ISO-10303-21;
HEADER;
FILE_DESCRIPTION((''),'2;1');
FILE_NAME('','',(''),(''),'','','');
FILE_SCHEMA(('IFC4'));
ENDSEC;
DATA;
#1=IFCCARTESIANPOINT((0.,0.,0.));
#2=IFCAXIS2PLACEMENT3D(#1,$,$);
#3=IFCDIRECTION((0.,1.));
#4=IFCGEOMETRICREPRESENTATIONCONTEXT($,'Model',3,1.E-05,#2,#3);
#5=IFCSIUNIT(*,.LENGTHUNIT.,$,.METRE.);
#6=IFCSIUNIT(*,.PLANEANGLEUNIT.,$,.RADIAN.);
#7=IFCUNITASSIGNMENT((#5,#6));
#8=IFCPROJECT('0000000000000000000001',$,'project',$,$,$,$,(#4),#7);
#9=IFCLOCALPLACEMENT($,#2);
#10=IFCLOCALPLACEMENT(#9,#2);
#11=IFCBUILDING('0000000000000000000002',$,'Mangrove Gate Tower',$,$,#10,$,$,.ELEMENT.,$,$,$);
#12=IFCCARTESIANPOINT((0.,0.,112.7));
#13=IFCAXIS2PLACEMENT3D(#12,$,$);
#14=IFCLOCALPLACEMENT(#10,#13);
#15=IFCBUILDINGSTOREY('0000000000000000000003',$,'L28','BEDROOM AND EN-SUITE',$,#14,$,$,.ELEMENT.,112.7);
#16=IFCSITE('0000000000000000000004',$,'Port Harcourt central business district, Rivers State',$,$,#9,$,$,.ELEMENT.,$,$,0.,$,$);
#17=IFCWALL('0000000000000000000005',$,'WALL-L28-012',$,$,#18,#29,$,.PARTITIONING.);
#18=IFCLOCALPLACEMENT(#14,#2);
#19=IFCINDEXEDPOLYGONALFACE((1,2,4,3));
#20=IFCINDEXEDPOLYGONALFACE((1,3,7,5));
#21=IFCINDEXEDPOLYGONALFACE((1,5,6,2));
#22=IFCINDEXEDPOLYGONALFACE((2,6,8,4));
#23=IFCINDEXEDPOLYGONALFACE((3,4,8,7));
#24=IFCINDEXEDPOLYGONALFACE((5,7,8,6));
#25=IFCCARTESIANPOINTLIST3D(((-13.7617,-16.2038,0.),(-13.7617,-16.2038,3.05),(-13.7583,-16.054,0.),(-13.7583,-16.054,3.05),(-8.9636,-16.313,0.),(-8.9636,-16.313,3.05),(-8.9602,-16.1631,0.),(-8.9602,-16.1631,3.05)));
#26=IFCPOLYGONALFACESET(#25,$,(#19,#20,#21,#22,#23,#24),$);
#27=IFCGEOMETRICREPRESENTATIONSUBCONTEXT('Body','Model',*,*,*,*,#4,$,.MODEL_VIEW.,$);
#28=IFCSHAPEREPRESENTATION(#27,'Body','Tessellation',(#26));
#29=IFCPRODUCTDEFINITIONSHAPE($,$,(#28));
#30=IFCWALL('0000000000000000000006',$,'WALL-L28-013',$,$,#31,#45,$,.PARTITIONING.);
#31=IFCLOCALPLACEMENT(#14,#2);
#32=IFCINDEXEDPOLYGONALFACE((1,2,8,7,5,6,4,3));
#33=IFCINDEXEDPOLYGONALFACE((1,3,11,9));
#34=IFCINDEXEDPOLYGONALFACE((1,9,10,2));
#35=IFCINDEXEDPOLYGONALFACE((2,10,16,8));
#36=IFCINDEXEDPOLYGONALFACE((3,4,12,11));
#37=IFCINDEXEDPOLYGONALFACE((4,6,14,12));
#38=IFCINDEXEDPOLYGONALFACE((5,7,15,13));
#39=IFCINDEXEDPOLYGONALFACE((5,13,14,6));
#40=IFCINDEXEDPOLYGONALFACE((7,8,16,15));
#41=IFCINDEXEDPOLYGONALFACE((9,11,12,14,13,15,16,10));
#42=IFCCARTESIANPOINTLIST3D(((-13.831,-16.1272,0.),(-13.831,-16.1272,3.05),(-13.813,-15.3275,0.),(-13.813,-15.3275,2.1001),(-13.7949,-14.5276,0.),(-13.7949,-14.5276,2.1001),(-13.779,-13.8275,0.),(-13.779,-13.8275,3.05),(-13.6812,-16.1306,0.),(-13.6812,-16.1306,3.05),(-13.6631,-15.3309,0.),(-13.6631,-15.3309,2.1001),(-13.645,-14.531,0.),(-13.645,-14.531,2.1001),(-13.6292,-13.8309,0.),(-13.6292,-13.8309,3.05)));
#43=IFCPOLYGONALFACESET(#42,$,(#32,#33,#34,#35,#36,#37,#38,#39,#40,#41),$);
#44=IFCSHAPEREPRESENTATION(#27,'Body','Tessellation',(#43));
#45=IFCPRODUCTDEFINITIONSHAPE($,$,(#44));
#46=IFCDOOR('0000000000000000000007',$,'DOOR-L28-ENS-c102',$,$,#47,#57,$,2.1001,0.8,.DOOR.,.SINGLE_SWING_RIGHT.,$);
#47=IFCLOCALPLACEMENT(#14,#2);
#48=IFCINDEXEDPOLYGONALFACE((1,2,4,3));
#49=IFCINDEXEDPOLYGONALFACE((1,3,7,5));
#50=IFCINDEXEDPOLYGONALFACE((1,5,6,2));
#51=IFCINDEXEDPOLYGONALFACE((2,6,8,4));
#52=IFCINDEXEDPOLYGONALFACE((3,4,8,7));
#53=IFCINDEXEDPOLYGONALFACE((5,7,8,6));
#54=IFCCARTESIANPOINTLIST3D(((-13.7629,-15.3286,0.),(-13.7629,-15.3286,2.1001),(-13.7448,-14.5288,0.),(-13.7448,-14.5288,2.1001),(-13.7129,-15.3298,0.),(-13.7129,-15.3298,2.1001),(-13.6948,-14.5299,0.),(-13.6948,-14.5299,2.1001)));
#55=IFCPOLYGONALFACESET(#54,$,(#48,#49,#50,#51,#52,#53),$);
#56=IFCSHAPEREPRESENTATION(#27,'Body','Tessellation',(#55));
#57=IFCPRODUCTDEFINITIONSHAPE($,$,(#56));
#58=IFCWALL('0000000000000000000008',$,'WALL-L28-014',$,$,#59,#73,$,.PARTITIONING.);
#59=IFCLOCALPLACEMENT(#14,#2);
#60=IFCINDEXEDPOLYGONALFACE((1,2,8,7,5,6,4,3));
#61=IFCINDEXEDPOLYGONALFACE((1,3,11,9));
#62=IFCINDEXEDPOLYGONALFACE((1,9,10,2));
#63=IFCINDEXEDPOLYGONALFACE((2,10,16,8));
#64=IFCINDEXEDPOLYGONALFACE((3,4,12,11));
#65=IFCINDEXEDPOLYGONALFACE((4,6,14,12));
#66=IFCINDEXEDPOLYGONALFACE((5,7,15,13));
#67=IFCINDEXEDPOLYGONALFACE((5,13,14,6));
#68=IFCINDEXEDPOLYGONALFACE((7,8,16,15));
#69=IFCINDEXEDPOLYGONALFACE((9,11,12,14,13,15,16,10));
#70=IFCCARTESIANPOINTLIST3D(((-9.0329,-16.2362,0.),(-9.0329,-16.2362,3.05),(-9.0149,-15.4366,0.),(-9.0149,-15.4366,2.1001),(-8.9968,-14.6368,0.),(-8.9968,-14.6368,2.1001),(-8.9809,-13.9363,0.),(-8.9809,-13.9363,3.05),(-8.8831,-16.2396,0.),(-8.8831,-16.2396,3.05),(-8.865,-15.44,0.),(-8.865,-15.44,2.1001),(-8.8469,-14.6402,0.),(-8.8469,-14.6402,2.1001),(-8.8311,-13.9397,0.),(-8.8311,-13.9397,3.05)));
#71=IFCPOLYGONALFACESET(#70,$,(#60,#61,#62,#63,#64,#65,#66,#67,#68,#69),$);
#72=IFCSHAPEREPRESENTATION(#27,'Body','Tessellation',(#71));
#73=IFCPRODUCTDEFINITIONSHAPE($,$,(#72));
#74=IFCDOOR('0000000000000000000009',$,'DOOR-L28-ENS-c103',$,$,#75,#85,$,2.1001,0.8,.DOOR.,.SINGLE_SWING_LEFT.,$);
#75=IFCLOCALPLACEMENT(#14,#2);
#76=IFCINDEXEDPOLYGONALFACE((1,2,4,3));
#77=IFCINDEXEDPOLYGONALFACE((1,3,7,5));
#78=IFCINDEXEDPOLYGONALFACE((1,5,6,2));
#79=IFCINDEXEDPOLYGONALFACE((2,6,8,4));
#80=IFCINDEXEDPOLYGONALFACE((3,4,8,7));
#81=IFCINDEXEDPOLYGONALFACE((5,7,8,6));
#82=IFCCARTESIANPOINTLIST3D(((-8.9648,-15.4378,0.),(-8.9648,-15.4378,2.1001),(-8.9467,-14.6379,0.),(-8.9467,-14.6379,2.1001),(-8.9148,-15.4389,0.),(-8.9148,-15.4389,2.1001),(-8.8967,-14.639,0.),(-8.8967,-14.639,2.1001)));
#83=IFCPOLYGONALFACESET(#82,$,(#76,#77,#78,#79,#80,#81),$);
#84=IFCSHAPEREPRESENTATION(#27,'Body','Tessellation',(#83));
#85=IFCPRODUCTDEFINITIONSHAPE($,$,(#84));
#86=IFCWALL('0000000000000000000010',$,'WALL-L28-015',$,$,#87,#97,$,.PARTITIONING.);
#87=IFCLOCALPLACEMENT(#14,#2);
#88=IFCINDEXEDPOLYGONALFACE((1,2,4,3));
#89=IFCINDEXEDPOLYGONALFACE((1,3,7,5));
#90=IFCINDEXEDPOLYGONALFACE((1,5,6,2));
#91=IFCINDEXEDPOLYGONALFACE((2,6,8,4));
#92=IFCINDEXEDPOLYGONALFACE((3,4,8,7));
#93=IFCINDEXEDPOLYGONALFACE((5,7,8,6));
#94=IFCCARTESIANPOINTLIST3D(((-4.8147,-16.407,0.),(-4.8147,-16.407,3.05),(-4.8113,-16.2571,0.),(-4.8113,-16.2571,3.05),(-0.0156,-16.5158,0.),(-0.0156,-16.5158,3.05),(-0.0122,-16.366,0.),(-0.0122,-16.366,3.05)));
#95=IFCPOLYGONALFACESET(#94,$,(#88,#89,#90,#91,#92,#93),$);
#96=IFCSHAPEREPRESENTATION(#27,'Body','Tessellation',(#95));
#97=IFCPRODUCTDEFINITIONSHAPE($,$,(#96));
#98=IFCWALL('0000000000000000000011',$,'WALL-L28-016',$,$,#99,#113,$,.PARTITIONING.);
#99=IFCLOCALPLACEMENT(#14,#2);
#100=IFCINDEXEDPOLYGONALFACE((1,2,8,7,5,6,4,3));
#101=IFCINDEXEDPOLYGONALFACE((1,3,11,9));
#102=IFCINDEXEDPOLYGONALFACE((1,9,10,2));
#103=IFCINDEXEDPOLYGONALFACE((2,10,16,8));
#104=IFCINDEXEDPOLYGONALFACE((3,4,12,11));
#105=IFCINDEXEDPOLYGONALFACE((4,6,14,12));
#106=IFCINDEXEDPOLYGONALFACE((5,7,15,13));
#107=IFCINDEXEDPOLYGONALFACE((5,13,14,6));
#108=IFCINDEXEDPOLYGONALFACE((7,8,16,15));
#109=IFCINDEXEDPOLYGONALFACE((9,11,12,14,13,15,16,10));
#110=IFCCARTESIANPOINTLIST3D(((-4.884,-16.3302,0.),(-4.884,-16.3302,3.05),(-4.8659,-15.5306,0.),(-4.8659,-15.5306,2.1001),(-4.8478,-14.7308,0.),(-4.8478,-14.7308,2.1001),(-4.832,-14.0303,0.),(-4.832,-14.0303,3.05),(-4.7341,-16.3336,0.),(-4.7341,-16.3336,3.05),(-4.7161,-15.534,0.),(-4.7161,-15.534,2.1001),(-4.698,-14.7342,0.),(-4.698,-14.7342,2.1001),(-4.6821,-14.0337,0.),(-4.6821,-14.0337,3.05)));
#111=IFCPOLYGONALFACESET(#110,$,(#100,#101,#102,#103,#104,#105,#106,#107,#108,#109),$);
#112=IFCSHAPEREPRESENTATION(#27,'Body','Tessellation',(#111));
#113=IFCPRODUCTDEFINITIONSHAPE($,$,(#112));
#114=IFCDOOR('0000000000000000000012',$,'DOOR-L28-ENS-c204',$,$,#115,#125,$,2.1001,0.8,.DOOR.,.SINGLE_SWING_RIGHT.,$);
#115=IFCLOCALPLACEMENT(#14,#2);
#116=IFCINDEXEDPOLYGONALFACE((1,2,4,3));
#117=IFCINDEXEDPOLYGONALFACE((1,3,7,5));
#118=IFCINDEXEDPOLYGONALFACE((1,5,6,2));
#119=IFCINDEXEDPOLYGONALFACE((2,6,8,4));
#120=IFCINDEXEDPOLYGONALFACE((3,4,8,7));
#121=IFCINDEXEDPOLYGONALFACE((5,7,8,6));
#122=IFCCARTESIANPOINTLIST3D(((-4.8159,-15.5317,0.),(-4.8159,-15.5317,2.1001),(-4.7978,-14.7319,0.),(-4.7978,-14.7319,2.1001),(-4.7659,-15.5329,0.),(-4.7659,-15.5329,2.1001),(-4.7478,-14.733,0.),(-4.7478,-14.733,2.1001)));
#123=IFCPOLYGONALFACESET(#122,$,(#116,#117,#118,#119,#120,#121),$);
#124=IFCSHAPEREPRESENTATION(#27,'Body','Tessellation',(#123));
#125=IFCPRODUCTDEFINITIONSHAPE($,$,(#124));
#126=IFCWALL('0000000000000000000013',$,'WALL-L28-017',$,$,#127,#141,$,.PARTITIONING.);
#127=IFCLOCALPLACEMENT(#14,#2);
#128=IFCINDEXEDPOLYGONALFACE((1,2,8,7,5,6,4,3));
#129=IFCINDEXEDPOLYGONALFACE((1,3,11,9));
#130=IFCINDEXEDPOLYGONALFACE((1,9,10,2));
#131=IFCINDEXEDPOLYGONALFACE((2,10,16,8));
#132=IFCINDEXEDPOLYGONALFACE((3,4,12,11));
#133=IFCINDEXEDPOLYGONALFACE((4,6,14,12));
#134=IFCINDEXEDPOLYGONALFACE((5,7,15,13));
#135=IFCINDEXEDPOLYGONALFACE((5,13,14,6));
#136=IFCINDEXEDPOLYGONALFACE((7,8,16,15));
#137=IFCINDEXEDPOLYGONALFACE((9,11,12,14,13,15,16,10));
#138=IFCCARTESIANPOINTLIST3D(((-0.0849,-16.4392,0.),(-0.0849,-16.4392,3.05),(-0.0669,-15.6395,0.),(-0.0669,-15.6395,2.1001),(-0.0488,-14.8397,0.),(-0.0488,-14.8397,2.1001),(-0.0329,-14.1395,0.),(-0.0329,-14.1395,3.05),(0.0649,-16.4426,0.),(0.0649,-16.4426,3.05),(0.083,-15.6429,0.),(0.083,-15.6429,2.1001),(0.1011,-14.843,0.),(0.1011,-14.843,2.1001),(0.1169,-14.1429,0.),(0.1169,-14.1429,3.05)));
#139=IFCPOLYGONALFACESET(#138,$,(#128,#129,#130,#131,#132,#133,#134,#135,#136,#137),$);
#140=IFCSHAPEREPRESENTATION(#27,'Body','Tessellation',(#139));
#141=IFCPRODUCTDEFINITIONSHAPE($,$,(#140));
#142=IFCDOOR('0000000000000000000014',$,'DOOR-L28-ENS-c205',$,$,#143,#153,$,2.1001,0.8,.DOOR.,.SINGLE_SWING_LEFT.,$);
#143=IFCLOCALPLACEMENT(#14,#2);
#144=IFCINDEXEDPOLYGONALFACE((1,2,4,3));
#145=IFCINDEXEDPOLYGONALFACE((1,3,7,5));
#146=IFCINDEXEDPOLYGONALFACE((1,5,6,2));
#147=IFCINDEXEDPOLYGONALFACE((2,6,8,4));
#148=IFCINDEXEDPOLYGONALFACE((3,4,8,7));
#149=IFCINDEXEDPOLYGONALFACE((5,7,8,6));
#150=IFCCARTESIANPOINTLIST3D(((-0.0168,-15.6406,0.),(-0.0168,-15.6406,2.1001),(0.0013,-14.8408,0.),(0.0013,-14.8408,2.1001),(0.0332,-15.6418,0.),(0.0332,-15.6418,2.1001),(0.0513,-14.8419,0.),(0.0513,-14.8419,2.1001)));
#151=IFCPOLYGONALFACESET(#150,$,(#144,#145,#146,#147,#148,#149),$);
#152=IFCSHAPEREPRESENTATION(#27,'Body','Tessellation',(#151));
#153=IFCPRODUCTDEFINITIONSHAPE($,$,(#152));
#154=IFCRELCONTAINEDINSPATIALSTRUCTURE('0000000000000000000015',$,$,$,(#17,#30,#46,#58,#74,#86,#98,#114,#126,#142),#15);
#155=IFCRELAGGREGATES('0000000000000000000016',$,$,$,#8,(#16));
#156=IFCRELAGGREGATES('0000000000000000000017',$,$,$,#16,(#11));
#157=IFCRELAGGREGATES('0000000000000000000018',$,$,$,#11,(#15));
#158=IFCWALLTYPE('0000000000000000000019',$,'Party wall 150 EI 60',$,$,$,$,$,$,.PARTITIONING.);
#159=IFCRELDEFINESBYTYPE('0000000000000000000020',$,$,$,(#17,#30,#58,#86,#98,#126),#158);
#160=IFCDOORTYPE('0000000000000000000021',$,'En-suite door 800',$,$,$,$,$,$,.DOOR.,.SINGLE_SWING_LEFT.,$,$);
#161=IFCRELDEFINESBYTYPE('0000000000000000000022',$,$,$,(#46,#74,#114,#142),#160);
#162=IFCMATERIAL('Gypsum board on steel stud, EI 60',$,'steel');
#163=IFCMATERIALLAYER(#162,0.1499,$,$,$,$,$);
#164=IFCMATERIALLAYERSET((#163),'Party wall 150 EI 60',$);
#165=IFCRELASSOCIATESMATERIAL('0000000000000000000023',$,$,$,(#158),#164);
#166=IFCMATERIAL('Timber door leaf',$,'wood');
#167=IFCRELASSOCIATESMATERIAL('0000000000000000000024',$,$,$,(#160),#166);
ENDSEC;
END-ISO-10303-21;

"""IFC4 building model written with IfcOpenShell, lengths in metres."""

from ifc_helpers import new_model, si_unit, direction, frame, frame_2d, origin, place, context, subcontext, project, spatial, rectangle, extrude, material, layer, layer_set, type_object, element, fill, save


model = new_model("IFC4")

# Units and contexts
model_context = context("Model", 3, precision=1e-05, world=origin(), true_north=direction((0.0, 1.0)))
body_context = subcontext(model_context, "Body", "Model", "MODEL_VIEW")
ifc_project = project(units=[si_unit("LENGTHUNIT", "METRE"), si_unit("PLANEANGLEUNIT", "RADIAN")], contexts=[model_context])

# Site, building, storey
site_placement = place(None, origin())
site = spatial("IfcSite", under=ifc_project, at=site_placement, Name="Port Harcourt central business district, Rivers State", CompositionType="ELEMENT", RefElevation=0.0)
building_placement = place(site_placement, origin())
building = spatial("IfcBuilding", under=site, at=building_placement, Name="Mangrove Gate Tower", CompositionType="ELEMENT")
storey_placement = place(building_placement, frame((0.0, 0.0, 112.7)))
storey = spatial("IfcBuildingStorey", under=building, at=storey_placement, Name="L28", Description="BEDROOM AND EN-SUITE", CompositionType="ELEMENT", Elevation=112.7)

# Wall
ifc_material_1 = material(Name="Gypsum board on steel stud, EI 60", Category="steel")
ifc_layer_1 = layer(ifc_material_1, 0.1499)
ifc_layer_set_1 = layer_set([ifc_layer_1], Name="Party wall 150 EI 60")
wall_type_1 = type_object("IfcWallType", Name="Party wall 150 EI 60", PredefinedType="PARTITIONING", material=ifc_layer_set_1)
wall_1_placement = place(storey_placement, frame((-13.76, -16.1289, 0.0), z_axis=(0.0, 0.0, 1.0), x_axis=(0.999741, -0.022739, 0.0)))
element("IfcWall", 1, at=wall_1_placement, inside=storey, type_object=wall_type_1, Name="WALL-L28-012", PredefinedType="PARTITIONING", context=body_context, shape_type="SweptSolid", body=[
    extrude(rectangle(XDim=4.7993, YDim=0.1499, at=frame_2d((2.3997, 0.0))), origin(), (0.0, 0.0, 1.0), 3.05),
])

# Walls, openings, doors
wall_2_placement = place(storey_placement, frame((-13.7561, -16.1289, 0.0), z_axis=(0.0, 0.0, 1.0), x_axis=(0.022606, 0.999744, 0.0)))
wall_2 = element("IfcWall", 2, at=wall_2_placement, inside=storey, type_object=wall_type_1, Name="WALL-L28-013", PredefinedType="PARTITIONING", context=body_context, shape_type="SweptSolid", body=[
    extrude(rectangle(XDim=2.3003, YDim=0.1499, at=frame_2d((1.1501, 0.0))), origin(), (0.0, 0.0, 1.0), 3.05),
])
opening_1_placement = place(wall_2_placement, frame((0.8, 0.0, 0.0)))
opening_1 = element("IfcOpeningElement", 3, at=opening_1_placement, cuts=wall_2, PredefinedType="OPENING", context=body_context, shape_type="SweptSolid", body=[
    extrude(rectangle(XDim=0.8, YDim=2.1001, at=frame_2d((0.3999, 1.05))), frame((0.0, 0.085, 0.0), z_axis=(0.0, -1.0, 0.0), x_axis=(1.0, 0.0, 0.0)), (0.0, 0.0, 1.0), 0.1699),
])
ifc_material_2 = material(Name="Timber door leaf", Category="wood")
door_type_1 = type_object("IfcDoorType", Name="En-suite door 800", OperationType="SINGLE_SWING_LEFT", PredefinedType="DOOR", material=ifc_material_2)
door_1_placement = place(opening_1_placement, origin())
door_1 = element("IfcDoor", 4, at=door_1_placement, inside=storey, type_object=door_type_1, Name="DOOR-L28-ENS-c102", OperationType="SINGLE_SWING_RIGHT", OverallHeight=2.1001, OverallWidth=0.8, PredefinedType="DOOR", context=body_context, shape_type="SweptSolid", body=[
    extrude(rectangle(XDim=0.8, YDim=2.1001, at=frame_2d((0.3999, 1.05))), frame((0.0, 0.0249, 0.0), z_axis=(0.0, -1.0, 0.0), x_axis=(1.0, 0.0, 0.0)), (0.0, 0.0, 1.0), 0.05),
])
fill(opening_1, door_1)
wall_3_placement = place(storey_placement, frame((-8.958, -16.238, 0.0), z_axis=(0.0, 0.0, 1.0), x_axis=(0.022603, 0.999745, 0.0)))
wall_3 = element("IfcWall", 5, at=wall_3_placement, inside=storey, type_object=wall_type_1, Name="WALL-L28-014", PredefinedType="PARTITIONING", context=body_context, shape_type="SweptSolid", body=[
    extrude(rectangle(XDim=2.3005, YDim=0.1499, at=frame_2d((1.1504, 0.0))), origin(), (0.0, 0.0, 1.0), 3.05),
])
opening_2_placement = place(wall_3_placement, frame((0.8, 0.0, 0.0)))
opening_2 = element("IfcOpeningElement", 6, at=opening_2_placement, cuts=wall_3, PredefinedType="OPENING", context=body_context, shape_type="SweptSolid", body=[
    extrude(rectangle(XDim=0.8, YDim=2.1001, at=frame_2d((0.3999, 1.05))), frame((0.0, 0.085, 0.0), z_axis=(0.0, -1.0, 0.0), x_axis=(1.0, 0.0, 0.0)), (0.0, 0.0, 1.0), 0.1699),
])
door_2_placement = place(opening_2_placement, origin())
door_2 = element("IfcDoor", 7, at=door_2_placement, inside=storey, type_object=door_type_1, Name="DOOR-L28-ENS-c103", OperationType="SINGLE_SWING_LEFT", OverallHeight=2.1001, OverallWidth=0.8, PredefinedType="DOOR", context=body_context, shape_type="SweptSolid", body=[
    extrude(rectangle(XDim=0.8, YDim=2.1001, at=frame_2d((0.3999, 1.05))), frame((0.0, 0.0249, 0.0), z_axis=(0.0, -1.0, 0.0), x_axis=(1.0, 0.0, 0.0)), (0.0, 0.0, 1.0), 0.05),
])
fill(opening_2, door_2)

# Wall
wall_4_placement = place(storey_placement, frame((-4.813, -16.332, 0.0), z_axis=(0.0, 0.0, 1.0), x_axis=(0.999743, -0.022683, 0.0)))
element("IfcWall", 8, at=wall_4_placement, inside=storey, type_object=wall_type_1, Name="WALL-L28-015", PredefinedType="PARTITIONING", context=body_context, shape_type="SweptSolid", body=[
    extrude(rectangle(XDim=4.8003, YDim=0.1499, at=frame_2d((2.4001, 0.0))), origin(), (0.0, 0.0, 1.0), 3.05),
])

# Walls, openings, doors
wall_5_placement = place(storey_placement, frame((-4.8091, -16.332, 0.0), z_axis=(0.0, 0.0, 1.0), x_axis=(0.022603, 0.999745, 0.0)))
wall_5 = element("IfcWall", 9, at=wall_5_placement, inside=storey, type_object=wall_type_1, Name="WALL-L28-016", PredefinedType="PARTITIONING", context=body_context, shape_type="SweptSolid", body=[
    extrude(rectangle(XDim=2.3005, YDim=0.1499, at=frame_2d((1.1504, 0.0))), origin(), (0.0, 0.0, 1.0), 3.05),
])
opening_3_placement = place(wall_5_placement, frame((0.8, 0.0, 0.0)))
opening_3 = element("IfcOpeningElement", 10, at=opening_3_placement, cuts=wall_5, PredefinedType="OPENING", context=body_context, shape_type="SweptSolid", body=[
    extrude(rectangle(XDim=0.8, YDim=2.1001, at=frame_2d((0.3999, 1.05))), frame((0.0, 0.085, 0.0), z_axis=(0.0, -1.0, 0.0), x_axis=(1.0, 0.0, 0.0)), (0.0, 0.0, 1.0), 0.1699),
])
door_3_placement = place(opening_3_placement, origin())
door_3 = element("IfcDoor", 11, at=door_3_placement, inside=storey, type_object=door_type_1, Name="DOOR-L28-ENS-c204", OperationType="SINGLE_SWING_RIGHT", OverallHeight=2.1001, OverallWidth=0.8, PredefinedType="DOOR", context=body_context, shape_type="SweptSolid", body=[
    extrude(rectangle(XDim=0.8, YDim=2.1001, at=frame_2d((0.3999, 1.05))), frame((0.0, 0.0249, 0.0), z_axis=(0.0, -1.0, 0.0), x_axis=(1.0, 0.0, 0.0)), (0.0, 0.0, 1.0), 0.05),
])
fill(opening_3, door_3)
wall_6_placement = place(storey_placement, frame((-0.01, -16.4409, 0.0), z_axis=(0.0, 0.0, 1.0), x_axis=(0.022606, 0.999744, 0.0)))
wall_6 = element("IfcWall", 12, at=wall_6_placement, inside=storey, type_object=wall_type_1, Name="WALL-L28-017", PredefinedType="PARTITIONING", context=body_context, shape_type="SweptSolid", body=[
    extrude(rectangle(XDim=2.3003, YDim=0.1499, at=frame_2d((1.1501, 0.0))), origin(), (0.0, 0.0, 1.0), 3.05),
])
opening_4_placement = place(wall_6_placement, frame((0.8, 0.0, 0.0)))
opening_4 = element("IfcOpeningElement", 13, at=opening_4_placement, cuts=wall_6, PredefinedType="OPENING", context=body_context, shape_type="SweptSolid", body=[
    extrude(rectangle(XDim=0.8, YDim=2.1001, at=frame_2d((0.3999, 1.05))), frame((0.0, 0.085, 0.0), z_axis=(0.0, -1.0, 0.0), x_axis=(1.0, 0.0, 0.0)), (0.0, 0.0, 1.0), 0.1699),
])
door_4_placement = place(opening_4_placement, origin())
door_4 = element("IfcDoor", 14, at=door_4_placement, inside=storey, type_object=door_type_1, Name="DOOR-L28-ENS-c205", OperationType="SINGLE_SWING_LEFT", OverallHeight=2.1001, OverallWidth=0.8, PredefinedType="DOOR", context=body_context, shape_type="SweptSolid", body=[
    extrude(rectangle(XDim=0.8, YDim=2.1001, at=frame_2d((0.3999, 1.05))), frame((0.0, 0.0249, 0.0), z_axis=(0.0, -1.0, 0.0), x_axis=(1.0, 0.0, 0.0)), (0.0, 0.0, 1.0), 0.05),
])
fill(opening_4, door_4)

save(model, "model.ifc")
